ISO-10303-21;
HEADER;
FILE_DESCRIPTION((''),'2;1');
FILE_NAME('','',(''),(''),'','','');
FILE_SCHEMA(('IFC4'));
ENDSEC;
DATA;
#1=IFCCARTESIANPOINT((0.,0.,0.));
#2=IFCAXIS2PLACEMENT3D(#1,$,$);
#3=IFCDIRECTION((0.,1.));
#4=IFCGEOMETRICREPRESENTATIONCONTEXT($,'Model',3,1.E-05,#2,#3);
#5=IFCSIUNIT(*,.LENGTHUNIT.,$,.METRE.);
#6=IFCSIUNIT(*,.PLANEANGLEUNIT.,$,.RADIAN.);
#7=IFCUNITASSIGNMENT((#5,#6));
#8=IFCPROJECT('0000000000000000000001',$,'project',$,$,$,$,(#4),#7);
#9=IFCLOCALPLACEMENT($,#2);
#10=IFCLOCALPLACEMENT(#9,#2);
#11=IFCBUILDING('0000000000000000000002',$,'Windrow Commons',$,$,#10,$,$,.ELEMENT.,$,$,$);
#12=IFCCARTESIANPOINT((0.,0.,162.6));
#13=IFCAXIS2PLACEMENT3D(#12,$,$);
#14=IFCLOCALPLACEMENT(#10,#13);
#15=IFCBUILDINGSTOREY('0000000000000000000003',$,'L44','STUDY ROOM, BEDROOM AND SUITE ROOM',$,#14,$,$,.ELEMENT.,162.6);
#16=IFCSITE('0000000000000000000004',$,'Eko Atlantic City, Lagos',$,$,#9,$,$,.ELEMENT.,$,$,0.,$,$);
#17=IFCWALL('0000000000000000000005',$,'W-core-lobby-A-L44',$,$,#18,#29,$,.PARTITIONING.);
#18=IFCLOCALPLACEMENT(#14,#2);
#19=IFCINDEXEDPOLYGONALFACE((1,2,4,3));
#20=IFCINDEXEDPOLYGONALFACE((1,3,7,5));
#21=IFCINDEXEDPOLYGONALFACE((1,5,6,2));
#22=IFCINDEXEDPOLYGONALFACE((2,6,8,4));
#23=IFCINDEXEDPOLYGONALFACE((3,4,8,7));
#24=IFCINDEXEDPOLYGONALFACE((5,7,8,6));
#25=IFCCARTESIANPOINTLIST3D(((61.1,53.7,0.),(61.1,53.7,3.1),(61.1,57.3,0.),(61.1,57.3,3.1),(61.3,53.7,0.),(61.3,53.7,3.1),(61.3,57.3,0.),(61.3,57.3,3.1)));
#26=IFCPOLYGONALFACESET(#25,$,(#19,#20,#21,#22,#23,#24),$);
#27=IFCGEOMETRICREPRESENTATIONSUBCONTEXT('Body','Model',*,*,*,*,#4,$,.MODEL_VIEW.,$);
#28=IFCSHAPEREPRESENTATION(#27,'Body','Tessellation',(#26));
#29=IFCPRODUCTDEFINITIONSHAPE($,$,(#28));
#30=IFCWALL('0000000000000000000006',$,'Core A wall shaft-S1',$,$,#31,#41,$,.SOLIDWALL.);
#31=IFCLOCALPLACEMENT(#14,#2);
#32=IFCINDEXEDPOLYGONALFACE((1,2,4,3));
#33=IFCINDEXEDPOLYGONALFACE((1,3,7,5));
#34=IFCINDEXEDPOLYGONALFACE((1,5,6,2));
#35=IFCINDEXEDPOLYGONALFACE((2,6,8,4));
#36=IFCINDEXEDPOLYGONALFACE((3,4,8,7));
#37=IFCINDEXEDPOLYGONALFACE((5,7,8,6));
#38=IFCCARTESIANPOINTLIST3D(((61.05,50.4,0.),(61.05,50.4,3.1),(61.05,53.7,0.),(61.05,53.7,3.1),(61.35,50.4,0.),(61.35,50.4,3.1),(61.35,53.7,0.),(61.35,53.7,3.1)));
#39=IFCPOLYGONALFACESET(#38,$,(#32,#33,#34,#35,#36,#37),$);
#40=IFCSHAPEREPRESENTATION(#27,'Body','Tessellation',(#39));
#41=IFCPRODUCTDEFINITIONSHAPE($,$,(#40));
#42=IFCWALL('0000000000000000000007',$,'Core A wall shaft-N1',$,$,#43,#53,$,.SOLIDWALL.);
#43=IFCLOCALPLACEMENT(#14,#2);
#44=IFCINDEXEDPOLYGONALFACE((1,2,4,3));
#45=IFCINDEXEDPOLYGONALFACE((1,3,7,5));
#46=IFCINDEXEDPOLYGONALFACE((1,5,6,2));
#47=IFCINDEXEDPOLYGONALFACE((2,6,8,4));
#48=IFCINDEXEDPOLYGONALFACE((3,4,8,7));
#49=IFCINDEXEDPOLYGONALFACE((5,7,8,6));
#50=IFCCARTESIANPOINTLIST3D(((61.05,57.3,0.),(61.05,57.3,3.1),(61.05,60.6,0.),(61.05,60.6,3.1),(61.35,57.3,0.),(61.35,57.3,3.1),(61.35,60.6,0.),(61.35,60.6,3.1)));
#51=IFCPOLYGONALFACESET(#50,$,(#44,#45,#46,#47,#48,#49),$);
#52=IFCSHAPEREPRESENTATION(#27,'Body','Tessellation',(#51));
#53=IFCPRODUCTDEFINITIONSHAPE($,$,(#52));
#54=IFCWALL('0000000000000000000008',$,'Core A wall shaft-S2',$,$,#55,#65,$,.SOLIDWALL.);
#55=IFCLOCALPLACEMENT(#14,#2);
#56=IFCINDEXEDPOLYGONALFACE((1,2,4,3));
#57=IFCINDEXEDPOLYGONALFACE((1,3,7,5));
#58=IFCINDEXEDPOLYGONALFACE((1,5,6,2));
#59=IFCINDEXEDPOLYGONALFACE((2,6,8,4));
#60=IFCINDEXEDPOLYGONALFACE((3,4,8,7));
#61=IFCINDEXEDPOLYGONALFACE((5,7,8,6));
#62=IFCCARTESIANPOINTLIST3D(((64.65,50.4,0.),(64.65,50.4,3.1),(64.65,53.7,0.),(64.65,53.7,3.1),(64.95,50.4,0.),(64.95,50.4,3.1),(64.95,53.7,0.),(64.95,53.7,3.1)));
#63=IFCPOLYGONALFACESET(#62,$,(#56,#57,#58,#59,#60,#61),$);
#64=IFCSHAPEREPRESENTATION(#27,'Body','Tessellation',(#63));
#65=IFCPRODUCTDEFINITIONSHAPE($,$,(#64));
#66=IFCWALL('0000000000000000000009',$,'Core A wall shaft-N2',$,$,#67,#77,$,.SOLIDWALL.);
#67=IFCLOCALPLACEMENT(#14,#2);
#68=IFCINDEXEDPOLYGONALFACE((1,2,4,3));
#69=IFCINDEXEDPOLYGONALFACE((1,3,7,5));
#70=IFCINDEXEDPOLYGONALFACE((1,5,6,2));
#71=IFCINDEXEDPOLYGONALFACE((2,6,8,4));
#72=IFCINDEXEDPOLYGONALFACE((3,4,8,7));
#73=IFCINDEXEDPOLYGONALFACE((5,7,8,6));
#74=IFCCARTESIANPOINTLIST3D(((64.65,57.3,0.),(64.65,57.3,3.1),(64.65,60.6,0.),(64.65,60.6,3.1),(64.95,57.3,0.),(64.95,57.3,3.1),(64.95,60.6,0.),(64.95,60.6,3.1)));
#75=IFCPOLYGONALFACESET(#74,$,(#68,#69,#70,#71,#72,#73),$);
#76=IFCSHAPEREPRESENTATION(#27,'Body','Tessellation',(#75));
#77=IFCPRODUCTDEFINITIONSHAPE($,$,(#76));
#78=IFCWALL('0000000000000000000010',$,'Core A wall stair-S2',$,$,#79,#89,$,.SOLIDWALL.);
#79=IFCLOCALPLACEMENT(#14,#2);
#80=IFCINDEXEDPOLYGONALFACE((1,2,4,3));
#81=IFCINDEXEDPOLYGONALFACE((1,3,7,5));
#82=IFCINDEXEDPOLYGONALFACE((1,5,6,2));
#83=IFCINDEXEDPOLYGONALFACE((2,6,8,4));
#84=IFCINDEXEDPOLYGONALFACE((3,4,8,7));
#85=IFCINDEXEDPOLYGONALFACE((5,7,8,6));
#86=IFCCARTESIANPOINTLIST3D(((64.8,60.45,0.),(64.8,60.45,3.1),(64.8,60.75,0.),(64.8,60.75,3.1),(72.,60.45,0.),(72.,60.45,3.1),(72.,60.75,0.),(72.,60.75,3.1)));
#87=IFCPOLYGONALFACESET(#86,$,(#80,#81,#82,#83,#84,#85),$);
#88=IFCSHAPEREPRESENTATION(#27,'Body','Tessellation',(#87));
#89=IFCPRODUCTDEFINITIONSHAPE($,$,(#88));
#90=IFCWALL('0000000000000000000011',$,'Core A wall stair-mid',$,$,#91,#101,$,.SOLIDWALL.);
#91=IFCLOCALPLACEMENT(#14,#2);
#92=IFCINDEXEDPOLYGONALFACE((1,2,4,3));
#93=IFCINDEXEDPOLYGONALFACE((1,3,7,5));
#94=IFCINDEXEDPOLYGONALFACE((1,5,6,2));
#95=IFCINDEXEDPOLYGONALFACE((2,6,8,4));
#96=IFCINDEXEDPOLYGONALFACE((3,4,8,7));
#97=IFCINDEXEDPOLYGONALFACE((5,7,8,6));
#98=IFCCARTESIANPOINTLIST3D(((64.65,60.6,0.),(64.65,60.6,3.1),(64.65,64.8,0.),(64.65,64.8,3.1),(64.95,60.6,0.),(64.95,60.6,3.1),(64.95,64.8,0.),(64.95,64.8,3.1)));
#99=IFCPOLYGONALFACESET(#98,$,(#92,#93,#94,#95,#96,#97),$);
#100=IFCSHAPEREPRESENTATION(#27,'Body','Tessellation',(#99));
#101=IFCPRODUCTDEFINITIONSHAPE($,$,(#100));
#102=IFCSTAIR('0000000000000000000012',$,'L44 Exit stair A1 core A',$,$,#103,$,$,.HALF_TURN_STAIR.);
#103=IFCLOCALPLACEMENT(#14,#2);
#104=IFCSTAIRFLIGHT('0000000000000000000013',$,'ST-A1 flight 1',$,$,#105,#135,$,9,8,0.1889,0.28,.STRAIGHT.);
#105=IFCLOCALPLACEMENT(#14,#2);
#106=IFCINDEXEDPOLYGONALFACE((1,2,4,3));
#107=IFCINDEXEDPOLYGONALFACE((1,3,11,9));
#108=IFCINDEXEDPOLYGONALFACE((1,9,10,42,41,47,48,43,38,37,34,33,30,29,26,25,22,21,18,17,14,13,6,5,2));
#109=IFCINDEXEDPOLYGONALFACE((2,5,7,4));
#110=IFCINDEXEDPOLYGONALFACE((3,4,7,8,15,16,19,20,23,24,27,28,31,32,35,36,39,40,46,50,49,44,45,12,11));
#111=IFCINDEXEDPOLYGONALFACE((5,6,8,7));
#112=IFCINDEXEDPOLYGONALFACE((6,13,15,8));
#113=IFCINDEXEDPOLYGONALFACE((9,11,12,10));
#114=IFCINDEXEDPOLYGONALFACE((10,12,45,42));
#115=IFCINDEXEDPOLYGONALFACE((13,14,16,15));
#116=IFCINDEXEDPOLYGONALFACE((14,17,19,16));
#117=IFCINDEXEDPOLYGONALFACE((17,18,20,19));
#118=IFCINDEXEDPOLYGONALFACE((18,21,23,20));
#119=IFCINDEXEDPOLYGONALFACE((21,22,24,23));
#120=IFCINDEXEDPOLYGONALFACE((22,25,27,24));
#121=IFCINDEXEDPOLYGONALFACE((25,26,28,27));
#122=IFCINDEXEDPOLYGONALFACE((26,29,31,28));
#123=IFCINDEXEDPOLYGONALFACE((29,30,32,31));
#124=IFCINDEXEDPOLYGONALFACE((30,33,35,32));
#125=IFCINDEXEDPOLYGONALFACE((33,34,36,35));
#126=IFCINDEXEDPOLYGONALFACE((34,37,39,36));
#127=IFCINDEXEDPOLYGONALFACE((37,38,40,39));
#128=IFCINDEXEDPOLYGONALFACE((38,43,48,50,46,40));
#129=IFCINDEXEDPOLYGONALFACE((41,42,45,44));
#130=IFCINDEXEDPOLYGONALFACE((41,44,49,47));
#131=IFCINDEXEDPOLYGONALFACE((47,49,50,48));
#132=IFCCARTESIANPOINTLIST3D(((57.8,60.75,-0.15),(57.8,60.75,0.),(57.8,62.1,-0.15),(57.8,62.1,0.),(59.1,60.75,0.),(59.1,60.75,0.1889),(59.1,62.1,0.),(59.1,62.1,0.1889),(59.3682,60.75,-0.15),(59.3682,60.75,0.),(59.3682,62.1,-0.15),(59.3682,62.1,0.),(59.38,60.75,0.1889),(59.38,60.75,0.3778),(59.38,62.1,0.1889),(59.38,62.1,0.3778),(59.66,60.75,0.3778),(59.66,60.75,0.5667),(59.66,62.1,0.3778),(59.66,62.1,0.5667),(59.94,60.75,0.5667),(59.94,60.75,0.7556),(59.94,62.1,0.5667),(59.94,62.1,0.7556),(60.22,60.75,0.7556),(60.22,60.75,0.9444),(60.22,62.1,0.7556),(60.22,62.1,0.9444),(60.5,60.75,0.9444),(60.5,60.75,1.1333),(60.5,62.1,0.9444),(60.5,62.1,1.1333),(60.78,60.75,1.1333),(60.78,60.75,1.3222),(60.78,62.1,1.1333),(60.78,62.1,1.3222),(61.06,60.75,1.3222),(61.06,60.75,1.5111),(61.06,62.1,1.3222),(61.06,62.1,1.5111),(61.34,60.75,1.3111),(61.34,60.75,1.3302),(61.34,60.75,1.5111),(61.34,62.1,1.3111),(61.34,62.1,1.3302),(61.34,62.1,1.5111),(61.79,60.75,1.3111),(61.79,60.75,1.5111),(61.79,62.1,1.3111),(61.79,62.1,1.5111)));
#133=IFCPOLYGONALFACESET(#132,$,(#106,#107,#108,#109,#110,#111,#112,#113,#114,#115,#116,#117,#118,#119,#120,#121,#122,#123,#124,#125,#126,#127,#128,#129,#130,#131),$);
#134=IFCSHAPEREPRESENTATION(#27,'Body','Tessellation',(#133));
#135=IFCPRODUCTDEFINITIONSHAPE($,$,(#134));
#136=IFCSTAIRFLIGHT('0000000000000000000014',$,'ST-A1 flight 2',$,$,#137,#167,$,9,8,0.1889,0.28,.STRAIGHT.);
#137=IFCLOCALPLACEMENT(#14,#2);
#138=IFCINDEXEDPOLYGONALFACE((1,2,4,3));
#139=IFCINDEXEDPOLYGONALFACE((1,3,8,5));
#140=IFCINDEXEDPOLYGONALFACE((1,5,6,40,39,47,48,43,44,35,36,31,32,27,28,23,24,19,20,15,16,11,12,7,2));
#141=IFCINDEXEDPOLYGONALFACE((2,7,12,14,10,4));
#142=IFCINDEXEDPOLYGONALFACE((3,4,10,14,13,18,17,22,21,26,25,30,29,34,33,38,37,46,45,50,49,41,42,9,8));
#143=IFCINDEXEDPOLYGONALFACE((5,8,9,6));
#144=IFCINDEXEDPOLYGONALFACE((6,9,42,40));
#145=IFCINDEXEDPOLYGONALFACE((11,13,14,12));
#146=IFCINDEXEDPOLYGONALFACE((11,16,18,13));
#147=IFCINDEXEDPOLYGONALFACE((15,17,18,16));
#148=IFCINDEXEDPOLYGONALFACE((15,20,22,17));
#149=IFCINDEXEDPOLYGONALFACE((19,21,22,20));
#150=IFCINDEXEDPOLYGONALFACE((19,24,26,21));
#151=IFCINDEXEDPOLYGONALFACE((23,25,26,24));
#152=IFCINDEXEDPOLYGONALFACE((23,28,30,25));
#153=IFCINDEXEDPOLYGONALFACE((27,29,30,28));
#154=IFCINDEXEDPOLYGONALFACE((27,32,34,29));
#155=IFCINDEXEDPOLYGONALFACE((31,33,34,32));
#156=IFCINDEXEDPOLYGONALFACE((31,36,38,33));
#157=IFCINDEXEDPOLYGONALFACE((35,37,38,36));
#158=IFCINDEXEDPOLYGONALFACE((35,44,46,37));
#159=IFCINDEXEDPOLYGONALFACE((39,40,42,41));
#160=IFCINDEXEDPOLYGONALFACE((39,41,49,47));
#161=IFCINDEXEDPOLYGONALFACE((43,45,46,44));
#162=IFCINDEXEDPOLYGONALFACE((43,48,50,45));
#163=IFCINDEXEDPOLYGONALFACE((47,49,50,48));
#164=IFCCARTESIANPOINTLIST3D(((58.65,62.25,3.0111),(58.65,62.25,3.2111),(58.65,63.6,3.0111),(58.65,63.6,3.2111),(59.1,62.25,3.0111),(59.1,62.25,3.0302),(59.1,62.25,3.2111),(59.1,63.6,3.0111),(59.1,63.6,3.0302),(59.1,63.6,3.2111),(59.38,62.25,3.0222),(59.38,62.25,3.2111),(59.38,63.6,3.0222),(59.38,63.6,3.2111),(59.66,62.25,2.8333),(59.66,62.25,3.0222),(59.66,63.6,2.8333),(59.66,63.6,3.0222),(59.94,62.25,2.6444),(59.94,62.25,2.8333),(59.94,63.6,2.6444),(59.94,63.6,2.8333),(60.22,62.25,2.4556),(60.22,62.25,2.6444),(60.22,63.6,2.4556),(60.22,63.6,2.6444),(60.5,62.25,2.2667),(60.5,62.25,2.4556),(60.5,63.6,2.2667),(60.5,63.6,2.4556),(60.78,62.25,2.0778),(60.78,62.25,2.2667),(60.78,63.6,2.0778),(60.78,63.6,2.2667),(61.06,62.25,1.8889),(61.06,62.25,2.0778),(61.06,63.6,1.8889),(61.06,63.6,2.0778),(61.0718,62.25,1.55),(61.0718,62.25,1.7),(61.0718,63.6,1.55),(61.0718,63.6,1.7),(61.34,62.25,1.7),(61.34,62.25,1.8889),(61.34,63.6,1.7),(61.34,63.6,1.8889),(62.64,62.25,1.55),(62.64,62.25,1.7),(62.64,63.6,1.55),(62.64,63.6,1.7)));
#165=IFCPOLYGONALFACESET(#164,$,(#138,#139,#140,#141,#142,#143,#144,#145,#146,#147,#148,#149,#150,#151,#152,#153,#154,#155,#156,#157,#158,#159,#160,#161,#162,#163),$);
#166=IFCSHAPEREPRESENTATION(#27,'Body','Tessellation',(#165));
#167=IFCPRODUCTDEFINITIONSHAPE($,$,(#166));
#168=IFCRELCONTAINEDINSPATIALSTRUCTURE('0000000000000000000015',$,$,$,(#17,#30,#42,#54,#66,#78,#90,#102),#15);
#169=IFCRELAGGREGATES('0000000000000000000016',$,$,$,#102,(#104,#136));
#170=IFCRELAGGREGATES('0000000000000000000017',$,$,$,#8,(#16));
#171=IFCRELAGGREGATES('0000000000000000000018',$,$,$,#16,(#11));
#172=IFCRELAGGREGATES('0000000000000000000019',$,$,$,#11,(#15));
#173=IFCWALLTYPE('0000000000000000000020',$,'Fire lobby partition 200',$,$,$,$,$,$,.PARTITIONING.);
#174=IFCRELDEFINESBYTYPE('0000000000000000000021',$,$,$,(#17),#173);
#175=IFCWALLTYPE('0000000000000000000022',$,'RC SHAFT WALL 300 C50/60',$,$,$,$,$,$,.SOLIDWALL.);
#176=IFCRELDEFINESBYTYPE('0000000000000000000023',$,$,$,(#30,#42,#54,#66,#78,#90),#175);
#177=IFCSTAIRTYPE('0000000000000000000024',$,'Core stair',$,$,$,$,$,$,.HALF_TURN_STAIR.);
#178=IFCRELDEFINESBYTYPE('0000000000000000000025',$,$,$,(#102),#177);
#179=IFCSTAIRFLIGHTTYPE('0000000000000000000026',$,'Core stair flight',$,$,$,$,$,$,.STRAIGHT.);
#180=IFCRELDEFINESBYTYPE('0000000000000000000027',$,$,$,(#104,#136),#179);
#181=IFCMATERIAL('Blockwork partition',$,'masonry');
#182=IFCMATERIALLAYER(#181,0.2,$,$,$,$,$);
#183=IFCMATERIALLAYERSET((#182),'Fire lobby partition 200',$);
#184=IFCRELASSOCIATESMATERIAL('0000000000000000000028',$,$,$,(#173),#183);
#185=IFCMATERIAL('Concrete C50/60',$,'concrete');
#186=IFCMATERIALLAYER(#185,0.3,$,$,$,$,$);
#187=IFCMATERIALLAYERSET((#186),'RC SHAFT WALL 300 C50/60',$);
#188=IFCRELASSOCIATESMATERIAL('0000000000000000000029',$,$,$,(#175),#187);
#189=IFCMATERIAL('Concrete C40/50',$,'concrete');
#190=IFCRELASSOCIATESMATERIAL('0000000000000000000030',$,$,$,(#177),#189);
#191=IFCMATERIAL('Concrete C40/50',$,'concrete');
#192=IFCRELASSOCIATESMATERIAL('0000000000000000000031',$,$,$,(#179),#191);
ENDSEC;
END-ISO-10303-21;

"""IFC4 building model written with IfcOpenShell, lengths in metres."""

from ifc_helpers import new_model, si_unit, direction, frame, frame_2d, origin, place, context, subcontext, project, spatial, polyline, rectangle, outline, extrude, material, layer, layer_set, type_object, element, aggregate, save


model = new_model("IFC4")

# Units and contexts
model_context = context("Model", 3, precision=1e-05, world=origin(), true_north=direction((0.0, 1.0)))
body_context = subcontext(model_context, "Body", "Model", "MODEL_VIEW")
ifc_project = project(units=[si_unit("LENGTHUNIT", "METRE"), si_unit("PLANEANGLEUNIT", "RADIAN")], contexts=[model_context])

# Site, building, storey
site_placement = place(None, origin())
site = spatial("IfcSite", under=ifc_project, at=site_placement, Name="Eko Atlantic City, Lagos", CompositionType="ELEMENT", RefElevation=0.0)
building_placement = place(site_placement, origin())
building = spatial("IfcBuilding", under=site, at=building_placement, Name="Windrow Commons", CompositionType="ELEMENT")
storey_placement = place(building_placement, frame((0.0, 0.0, 162.6)))
storey = spatial("IfcBuildingStorey", under=building, at=storey_placement, Name="L44", Description="STUDY ROOM, BEDROOM AND SUITE ROOM", CompositionType="ELEMENT", Elevation=162.6)

# Walls
ifc_material_1 = material(Name="Blockwork partition", Category="masonry")
ifc_layer_1 = layer(ifc_material_1, 0.2)
ifc_layer_set_1 = layer_set([ifc_layer_1], Name="Fire lobby partition 200")
wall_type_1 = type_object("IfcWallType", Name="Fire lobby partition 200", PredefinedType="PARTITIONING", material=ifc_layer_set_1)
wall_1_placement = place(storey_placement, frame((61.2, 53.7, 0.0), z_axis=(0.0, 0.0, 1.0), x_axis=(0.0, 1.0, 0.0)))
element("IfcWall", 1, at=wall_1_placement, inside=storey, type_object=wall_type_1, Name="W-core-lobby-A-L44", PredefinedType="PARTITIONING", context=body_context, shape_type="SweptSolid", body=[
    extrude(rectangle(XDim=3.6, YDim=0.2, at=frame_2d((1.8, 0.0))), origin(), (0.0, 0.0, 1.0), 3.1),
])
ifc_material_2 = material(Name="Concrete C50/60", Category="concrete")
ifc_layer_2 = layer(ifc_material_2, 0.3)
ifc_layer_set_2 = layer_set([ifc_layer_2], Name="RC SHAFT WALL 300 C50/60")
wall_type_2 = type_object("IfcWallType", Name="RC SHAFT WALL 300 C50/60", PredefinedType="SOLIDWALL", material=ifc_layer_set_2)
for number, where, z_axis, x_axis, name in (
    (2, (61.2, 50.4, 0.0), (0.0, 0.0, 1.0), (0.0, 1.0, 0.0), "Core A wall shaft-S1"),
    (3, (61.2, 57.3, 0.0), (0.0, 0.0, 1.0), (0.0, 1.0, 0.0), "Core A wall shaft-N1"),
    (4, (64.8, 50.4, 0.0), (0.0, 0.0, 1.0), (0.0, 1.0, 0.0), "Core A wall shaft-S2"),
    (5, (64.8, 57.3, 0.0), (0.0, 0.0, 1.0), (0.0, 1.0, 0.0), "Core A wall shaft-N2"),
):
    element("IfcWall", number, at=place(storey_placement, frame(where, z_axis=z_axis, x_axis=x_axis)), inside=storey, type_object=wall_type_2, Name=name, PredefinedType="SOLIDWALL", context=body_context, shape_type="SweptSolid", body=[
        extrude(rectangle(XDim=3.3, YDim=0.3, at=frame_2d((1.65, 0.0))), origin(), (0.0, 0.0, 1.0), 3.1),
    ])
wall_2_placement = place(storey_placement, frame((64.8, 60.6, 0.0), z_axis=(0.0, 0.0, 1.0), x_axis=(1.0, 0.0, 0.0)))
element("IfcWall", 6, at=wall_2_placement, inside=storey, type_object=wall_type_2, Name="Core A wall stair-S2", PredefinedType="SOLIDWALL", context=body_context, shape_type="SweptSolid", body=[
    extrude(rectangle(XDim=7.2, YDim=0.3, at=frame_2d((3.6, 0.0))), origin(), (0.0, 0.0, 1.0), 3.1),
])
wall_3_placement = place(storey_placement, frame((64.8, 60.6, 0.0), z_axis=(0.0, 0.0, 1.0), x_axis=(0.0, 1.0, 0.0)))
element("IfcWall", 7, at=wall_3_placement, inside=storey, type_object=wall_type_2, Name="Core A wall stair-mid", PredefinedType="SOLIDWALL", context=body_context, shape_type="SweptSolid", body=[
    extrude(rectangle(XDim=4.2, YDim=0.3, at=frame_2d((2.1, 0.0))), origin(), (0.0, 0.0, 1.0), 3.1),
])

# Stair, stair flights
ifc_material_3 = material(Name="Concrete C40/50", Category="concrete")
stair_type = type_object("IfcStairType", Name="Core stair", PredefinedType="HALF_TURN_STAIR", material=ifc_material_3)
placement = place(storey_placement, origin())
stair_1 = element("IfcStair", 8, at=placement, inside=storey, type_object=stair_type, Name="L44 Exit stair A1 core A", PredefinedType="HALF_TURN_STAIR")
ifc_material_4 = material(Name="Concrete C40/50", Category="concrete")
stair_flight_type = type_object("IfcStairFlightType", Name="Core stair flight", PredefinedType="STRAIGHT", material=ifc_material_4)
stair_flight_1_placement = place(storey_placement, frame((59.1, 61.425, 0.0), z_axis=(0.0, 0.0, 1.0), x_axis=(1.0, 0.0, 0.0)))
stair_flight_1 = element("IfcStairFlight", 9, at=stair_flight_1_placement, type_object=stair_flight_type, Name="ST-A1 flight 1", NumberOfRisers=9, NumberOfTreads=8, PredefinedType="STRAIGHT", RiserHeight=0.1889, TreadLength=0.28, context=body_context, shape_type="SweptSolid", body=[
    extrude(outline(polyline([(-1.3, -0.15), (-1.3, 0.0), (0.0, 0.0), (0.0, 0.1889), (0.28, 0.1889), (0.28, 0.3778), (0.56, 0.3778), (0.56, 0.5667), (0.84, 0.5667), (0.84, 0.7556), (1.12, 0.7556), (1.12, 0.9444), (1.4, 0.9444), (1.4, 1.1333), (1.68, 1.1333), (1.68, 1.3222), (1.96, 1.3222), (1.96, 1.5111), (2.24, 1.5111), (2.69, 1.5111), (2.69, 1.3111), (2.24, 1.3111), (2.24, 1.3302), (0.2682, 0.0), (0.2682, -0.15), (-1.3, -0.15)])), frame((0.0, 0.675, 0.0), z_axis=(0.0, -1.0, 0.0), x_axis=(1.0, 0.0, 0.0)), (0.0, 0.0, 1.0), 1.35),
])
stair_flight_2_placement = place(storey_placement, frame((61.34, 62.925, 1.7), z_axis=(0.0, 0.0, 1.0), x_axis=(-1.0, 0.0, 0.0)))
stair_flight_2 = element("IfcStairFlight", 10, at=stair_flight_2_placement, type_object=stair_flight_type, Name="ST-A1 flight 2", NumberOfRisers=9, NumberOfTreads=8, PredefinedType="STRAIGHT", RiserHeight=0.1889, TreadLength=0.28, context=body_context, shape_type="SweptSolid", body=[
    extrude(outline(polyline([(-1.3, -0.15), (-1.3, 0.0), (0.0, 0.0), (0.0, 0.1889), (0.28, 0.1889), (0.28, 0.3778), (0.56, 0.3778), (0.56, 0.5667), (0.84, 0.5667), (0.84, 0.7556), (1.12, 0.7556), (1.12, 0.9444), (1.4, 0.9444), (1.4, 1.1333), (1.68, 1.1333), (1.68, 1.3222), (1.96, 1.3222), (1.96, 1.5111), (2.24, 1.5111), (2.69, 1.5111), (2.69, 1.3111), (2.24, 1.3111), (2.24, 1.3302), (0.2682, 0.0), (0.2682, -0.15), (-1.3, -0.15)])), frame((0.0, 0.675, 0.0), z_axis=(0.0, -1.0, 0.0), x_axis=(1.0, 0.0, 0.0)), (0.0, 0.0, 1.0), 1.35),
])
aggregate(stair_1, [stair_flight_1, stair_flight_2])

save(model, "model.ifc")
